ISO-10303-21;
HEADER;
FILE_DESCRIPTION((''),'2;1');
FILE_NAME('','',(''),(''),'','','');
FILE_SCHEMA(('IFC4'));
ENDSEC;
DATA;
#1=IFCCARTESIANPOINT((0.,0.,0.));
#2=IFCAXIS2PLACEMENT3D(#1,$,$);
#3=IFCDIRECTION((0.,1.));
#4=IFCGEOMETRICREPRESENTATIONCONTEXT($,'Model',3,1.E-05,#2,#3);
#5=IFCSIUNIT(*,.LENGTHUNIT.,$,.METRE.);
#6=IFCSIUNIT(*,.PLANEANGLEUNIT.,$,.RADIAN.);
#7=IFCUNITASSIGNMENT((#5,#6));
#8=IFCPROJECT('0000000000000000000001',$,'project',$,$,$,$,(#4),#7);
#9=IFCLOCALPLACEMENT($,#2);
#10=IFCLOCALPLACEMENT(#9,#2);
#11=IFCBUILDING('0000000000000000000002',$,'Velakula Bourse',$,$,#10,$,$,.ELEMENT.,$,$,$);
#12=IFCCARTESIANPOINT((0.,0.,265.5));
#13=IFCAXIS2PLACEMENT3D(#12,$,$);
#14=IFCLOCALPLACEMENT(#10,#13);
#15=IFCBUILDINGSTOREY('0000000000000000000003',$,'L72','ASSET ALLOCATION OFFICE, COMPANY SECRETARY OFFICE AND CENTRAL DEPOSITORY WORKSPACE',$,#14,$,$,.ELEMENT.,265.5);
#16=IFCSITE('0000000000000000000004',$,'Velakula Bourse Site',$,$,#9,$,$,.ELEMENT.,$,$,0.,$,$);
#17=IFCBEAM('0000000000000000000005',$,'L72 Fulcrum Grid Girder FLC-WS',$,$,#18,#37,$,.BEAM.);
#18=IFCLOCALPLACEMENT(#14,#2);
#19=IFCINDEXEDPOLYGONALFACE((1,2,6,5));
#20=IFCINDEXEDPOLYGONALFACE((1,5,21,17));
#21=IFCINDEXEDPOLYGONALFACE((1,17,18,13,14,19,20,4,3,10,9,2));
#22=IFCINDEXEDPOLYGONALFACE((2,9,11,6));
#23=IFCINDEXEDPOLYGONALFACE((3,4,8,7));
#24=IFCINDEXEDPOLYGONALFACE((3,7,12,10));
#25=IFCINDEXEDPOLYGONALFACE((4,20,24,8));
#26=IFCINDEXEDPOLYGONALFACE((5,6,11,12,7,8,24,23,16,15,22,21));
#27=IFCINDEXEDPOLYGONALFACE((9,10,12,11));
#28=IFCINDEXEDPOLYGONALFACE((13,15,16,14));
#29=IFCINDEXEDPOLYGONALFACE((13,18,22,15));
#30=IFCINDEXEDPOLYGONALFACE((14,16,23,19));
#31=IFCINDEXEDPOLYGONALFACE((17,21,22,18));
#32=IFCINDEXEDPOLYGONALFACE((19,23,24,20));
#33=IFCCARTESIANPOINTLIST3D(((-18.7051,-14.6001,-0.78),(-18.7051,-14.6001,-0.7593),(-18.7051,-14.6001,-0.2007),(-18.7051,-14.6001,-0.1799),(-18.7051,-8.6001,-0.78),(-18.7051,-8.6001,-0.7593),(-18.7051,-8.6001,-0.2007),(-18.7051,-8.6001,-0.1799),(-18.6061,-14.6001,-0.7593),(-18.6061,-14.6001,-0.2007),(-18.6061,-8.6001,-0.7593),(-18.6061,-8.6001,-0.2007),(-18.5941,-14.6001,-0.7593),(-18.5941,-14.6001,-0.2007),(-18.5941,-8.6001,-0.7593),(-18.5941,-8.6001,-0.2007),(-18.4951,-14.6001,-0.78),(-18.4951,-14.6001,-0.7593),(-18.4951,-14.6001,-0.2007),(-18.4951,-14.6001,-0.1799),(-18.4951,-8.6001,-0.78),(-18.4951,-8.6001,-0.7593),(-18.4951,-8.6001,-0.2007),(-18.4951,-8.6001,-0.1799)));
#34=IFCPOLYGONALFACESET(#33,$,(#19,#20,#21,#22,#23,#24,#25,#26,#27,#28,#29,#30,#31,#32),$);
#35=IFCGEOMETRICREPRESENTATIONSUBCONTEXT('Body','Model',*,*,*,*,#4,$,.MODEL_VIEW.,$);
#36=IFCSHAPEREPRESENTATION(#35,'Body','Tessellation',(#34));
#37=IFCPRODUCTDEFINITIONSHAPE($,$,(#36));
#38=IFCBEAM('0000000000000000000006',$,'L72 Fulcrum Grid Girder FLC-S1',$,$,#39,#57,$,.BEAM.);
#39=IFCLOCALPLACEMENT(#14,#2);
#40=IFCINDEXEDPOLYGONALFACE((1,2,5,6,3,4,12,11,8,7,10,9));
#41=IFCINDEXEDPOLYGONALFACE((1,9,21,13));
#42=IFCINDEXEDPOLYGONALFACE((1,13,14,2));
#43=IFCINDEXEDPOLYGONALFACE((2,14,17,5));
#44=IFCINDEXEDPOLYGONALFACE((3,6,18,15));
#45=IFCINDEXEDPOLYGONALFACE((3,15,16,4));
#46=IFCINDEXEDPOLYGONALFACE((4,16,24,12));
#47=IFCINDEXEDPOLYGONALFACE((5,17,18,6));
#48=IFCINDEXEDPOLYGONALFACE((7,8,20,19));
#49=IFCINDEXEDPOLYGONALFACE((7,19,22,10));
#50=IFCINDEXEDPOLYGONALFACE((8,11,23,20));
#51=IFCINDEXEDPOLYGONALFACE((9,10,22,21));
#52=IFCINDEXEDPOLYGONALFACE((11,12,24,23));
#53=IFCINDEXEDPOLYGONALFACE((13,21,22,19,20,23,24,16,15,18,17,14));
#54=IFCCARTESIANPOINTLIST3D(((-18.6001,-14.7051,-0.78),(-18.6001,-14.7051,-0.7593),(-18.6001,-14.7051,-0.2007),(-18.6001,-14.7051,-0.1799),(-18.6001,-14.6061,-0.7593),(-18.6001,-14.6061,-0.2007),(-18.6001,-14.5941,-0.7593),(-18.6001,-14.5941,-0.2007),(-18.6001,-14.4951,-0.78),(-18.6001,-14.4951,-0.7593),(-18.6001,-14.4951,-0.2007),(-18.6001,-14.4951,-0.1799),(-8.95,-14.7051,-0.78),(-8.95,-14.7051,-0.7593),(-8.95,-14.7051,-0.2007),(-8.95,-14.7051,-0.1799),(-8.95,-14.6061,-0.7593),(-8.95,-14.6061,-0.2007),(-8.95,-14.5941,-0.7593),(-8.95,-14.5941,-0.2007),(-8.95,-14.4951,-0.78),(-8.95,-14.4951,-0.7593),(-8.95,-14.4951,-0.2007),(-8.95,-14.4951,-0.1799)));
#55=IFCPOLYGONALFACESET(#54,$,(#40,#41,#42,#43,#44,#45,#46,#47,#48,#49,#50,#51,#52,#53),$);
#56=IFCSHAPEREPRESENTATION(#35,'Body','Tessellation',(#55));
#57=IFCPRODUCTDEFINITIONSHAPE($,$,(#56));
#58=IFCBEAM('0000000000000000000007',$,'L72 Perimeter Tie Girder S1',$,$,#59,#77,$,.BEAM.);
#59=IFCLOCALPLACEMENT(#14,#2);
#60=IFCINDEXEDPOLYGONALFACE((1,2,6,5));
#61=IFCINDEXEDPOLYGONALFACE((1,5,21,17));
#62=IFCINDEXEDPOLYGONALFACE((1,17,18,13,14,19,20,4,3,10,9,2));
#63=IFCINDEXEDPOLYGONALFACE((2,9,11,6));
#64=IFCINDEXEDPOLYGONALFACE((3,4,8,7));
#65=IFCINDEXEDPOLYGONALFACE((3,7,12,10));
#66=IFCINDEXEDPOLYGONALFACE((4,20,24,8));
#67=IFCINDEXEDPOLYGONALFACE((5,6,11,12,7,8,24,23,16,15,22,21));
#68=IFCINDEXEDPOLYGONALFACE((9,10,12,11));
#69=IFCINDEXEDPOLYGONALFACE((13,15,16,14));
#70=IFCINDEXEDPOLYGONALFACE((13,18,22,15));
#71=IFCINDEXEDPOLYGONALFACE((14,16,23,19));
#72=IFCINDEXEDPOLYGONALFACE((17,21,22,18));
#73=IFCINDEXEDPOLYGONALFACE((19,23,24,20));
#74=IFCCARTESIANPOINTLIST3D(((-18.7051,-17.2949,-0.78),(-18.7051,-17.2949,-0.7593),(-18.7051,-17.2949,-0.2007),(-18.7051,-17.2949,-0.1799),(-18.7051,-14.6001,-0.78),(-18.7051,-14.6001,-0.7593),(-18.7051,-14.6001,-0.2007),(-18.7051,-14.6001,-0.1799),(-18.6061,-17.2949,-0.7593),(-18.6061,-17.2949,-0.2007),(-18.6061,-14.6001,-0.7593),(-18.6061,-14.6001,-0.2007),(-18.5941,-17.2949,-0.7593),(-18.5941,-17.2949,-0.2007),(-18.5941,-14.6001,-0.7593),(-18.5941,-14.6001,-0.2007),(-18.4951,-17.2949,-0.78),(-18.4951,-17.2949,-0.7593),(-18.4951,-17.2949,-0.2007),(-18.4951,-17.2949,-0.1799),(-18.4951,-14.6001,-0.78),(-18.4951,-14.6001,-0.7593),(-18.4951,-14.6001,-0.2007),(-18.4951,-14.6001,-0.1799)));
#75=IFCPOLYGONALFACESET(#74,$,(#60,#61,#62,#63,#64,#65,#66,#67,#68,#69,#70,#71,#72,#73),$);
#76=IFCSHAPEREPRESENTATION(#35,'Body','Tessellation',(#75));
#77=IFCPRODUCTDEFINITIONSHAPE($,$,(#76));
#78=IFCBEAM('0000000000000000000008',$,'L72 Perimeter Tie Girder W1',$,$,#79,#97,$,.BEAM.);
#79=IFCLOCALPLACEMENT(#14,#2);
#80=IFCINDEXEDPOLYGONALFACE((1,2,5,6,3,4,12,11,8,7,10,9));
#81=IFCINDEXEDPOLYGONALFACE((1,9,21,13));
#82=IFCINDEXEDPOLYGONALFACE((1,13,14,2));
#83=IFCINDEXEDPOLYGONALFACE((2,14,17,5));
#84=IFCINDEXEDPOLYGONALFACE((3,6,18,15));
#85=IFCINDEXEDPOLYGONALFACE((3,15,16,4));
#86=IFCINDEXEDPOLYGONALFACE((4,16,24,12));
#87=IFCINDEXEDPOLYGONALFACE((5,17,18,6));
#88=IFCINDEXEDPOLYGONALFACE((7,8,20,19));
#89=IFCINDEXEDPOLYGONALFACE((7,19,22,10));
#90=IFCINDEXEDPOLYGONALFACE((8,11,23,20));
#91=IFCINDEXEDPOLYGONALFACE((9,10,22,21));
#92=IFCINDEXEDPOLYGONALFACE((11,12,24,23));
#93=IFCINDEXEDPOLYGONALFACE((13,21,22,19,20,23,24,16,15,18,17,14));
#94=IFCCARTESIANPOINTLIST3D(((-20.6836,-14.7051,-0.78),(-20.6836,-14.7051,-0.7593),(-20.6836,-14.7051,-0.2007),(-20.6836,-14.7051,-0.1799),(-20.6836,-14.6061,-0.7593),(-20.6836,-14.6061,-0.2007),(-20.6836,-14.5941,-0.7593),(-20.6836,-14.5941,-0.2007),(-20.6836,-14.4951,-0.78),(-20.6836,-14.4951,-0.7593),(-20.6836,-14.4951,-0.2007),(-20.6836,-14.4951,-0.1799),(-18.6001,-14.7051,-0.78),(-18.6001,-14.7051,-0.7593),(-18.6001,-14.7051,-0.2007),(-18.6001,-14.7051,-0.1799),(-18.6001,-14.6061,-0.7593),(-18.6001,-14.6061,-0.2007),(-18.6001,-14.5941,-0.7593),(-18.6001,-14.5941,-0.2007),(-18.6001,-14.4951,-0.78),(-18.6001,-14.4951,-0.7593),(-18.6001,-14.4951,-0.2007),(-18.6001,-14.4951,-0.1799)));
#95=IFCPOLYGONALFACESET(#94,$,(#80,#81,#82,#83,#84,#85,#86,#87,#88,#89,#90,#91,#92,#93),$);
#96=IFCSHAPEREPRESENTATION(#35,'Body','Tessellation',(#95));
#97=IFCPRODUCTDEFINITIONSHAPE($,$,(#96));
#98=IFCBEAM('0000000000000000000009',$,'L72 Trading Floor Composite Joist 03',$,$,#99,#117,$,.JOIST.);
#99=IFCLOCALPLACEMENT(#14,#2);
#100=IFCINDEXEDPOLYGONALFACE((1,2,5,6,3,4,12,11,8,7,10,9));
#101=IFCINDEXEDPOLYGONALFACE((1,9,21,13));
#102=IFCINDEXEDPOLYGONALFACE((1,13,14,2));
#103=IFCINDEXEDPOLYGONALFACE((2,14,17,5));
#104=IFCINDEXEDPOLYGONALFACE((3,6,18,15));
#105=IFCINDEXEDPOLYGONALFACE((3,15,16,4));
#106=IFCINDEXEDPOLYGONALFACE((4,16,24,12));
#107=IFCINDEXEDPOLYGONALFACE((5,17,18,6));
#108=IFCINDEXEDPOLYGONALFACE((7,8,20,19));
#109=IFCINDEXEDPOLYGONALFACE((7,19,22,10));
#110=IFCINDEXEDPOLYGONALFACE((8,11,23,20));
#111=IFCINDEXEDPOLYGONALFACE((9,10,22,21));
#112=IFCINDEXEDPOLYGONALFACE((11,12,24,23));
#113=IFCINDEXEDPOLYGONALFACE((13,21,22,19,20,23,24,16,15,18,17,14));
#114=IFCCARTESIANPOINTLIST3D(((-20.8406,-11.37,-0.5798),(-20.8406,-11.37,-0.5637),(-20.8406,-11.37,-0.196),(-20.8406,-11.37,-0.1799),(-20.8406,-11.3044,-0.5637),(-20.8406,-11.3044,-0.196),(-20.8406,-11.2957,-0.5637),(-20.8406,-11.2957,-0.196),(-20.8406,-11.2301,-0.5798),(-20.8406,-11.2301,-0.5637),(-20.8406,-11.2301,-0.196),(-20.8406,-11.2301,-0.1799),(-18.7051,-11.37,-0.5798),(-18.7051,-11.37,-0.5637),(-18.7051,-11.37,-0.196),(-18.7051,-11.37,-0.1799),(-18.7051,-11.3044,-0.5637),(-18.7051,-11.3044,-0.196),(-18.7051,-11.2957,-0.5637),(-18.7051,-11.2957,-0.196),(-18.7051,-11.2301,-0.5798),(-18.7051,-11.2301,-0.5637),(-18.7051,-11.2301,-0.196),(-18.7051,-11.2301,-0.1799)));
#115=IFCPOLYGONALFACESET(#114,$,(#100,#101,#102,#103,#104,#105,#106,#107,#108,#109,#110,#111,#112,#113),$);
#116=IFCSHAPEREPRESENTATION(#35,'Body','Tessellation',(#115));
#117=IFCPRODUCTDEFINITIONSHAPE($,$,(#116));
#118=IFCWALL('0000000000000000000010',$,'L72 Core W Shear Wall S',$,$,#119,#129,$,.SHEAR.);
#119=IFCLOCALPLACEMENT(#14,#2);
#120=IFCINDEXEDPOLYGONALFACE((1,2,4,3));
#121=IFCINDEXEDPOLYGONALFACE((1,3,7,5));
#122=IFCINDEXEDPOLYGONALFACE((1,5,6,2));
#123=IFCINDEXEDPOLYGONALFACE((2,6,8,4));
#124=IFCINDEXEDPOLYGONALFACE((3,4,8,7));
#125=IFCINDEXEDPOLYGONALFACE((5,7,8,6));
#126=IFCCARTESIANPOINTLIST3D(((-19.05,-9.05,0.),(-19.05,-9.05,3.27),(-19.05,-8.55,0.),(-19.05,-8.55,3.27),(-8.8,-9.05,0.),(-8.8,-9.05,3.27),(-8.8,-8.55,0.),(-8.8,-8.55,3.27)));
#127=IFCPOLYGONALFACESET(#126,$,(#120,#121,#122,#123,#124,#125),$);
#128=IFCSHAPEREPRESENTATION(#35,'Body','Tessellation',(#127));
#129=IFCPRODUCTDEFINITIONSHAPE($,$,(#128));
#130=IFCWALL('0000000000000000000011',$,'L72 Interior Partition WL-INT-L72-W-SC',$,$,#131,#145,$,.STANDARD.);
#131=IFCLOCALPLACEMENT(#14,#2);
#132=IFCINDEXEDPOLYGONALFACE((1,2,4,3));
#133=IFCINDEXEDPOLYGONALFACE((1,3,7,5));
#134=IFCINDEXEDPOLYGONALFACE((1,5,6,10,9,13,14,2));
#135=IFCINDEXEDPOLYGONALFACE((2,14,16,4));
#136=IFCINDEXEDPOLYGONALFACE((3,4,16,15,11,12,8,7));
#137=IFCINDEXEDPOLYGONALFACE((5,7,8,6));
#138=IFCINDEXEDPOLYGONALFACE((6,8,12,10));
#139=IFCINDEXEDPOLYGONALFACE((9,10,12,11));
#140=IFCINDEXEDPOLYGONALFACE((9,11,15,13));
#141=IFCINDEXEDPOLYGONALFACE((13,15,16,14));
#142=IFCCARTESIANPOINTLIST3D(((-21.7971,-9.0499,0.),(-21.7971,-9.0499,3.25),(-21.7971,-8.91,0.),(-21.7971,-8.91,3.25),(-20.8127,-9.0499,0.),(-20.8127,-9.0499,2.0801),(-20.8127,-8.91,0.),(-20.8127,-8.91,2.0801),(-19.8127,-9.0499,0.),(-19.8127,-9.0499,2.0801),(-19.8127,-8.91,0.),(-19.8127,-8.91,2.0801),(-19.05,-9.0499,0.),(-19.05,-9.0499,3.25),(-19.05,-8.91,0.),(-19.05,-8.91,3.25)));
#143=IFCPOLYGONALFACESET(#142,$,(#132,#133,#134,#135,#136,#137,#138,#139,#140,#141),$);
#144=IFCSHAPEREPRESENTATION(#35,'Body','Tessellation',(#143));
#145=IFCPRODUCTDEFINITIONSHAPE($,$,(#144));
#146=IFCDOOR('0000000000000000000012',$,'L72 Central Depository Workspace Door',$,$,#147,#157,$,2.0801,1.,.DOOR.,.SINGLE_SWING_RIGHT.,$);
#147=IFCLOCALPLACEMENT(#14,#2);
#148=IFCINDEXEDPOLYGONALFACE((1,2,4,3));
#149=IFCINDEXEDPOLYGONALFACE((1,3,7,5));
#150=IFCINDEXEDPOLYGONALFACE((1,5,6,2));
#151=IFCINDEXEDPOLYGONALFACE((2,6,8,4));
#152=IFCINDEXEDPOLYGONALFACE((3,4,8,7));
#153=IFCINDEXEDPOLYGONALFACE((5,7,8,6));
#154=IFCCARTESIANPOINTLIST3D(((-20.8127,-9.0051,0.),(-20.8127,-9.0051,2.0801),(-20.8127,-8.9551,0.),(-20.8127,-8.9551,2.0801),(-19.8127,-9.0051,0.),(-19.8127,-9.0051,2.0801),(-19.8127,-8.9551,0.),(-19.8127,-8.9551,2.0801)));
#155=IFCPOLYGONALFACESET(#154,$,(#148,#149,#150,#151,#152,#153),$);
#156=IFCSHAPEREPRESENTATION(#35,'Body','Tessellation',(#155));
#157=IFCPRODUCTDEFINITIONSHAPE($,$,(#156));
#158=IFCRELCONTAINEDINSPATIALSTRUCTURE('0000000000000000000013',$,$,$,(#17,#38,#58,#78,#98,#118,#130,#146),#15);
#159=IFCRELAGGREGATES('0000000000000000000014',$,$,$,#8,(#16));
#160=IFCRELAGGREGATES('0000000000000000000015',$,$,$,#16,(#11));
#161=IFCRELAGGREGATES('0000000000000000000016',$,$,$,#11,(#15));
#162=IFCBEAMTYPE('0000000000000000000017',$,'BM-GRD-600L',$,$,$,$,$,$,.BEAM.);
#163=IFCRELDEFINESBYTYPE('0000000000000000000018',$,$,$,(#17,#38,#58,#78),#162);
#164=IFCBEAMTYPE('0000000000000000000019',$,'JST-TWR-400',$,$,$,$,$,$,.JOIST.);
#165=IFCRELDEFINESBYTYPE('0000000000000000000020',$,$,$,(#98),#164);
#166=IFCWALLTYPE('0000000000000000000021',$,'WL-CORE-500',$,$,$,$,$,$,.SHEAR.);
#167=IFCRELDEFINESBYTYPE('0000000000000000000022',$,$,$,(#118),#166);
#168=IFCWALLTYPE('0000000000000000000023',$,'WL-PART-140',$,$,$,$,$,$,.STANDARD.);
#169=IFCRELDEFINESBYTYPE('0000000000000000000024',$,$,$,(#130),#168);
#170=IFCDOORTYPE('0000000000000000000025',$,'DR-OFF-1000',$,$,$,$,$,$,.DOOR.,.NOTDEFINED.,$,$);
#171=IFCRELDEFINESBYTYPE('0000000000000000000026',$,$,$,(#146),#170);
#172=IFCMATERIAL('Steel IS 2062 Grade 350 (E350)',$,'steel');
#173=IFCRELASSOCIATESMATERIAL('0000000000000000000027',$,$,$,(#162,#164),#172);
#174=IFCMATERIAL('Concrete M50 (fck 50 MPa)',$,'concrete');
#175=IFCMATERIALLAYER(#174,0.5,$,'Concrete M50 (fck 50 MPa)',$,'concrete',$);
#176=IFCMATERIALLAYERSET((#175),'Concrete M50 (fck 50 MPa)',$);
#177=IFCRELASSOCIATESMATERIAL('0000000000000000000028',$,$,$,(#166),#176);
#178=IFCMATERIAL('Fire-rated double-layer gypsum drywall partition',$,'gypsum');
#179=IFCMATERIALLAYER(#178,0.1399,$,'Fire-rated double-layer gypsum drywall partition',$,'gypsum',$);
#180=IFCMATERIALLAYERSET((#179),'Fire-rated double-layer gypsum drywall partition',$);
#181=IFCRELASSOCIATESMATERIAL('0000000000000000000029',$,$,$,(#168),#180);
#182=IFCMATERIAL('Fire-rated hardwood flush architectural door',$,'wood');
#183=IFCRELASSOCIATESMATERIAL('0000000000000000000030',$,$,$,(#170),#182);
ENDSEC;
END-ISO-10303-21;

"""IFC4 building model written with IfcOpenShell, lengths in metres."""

from ifc_helpers import new_model, si_unit, direction, frame, frame_2d, origin, origin_2d, place, context, subcontext, project, spatial, rectangle, i_section, extrude, material, layer, layer_set, material_profile, profile_set, type_object, element, fill, save


model = new_model("IFC4")

# Units and contexts
model_context = context("Model", 3, precision=1e-05, world=origin(), true_north=direction((0.0, 1.0)))
body_context = subcontext(model_context, "Body", "Model", "MODEL_VIEW")
ifc_project = project(units=[si_unit("LENGTHUNIT", "METRE"), si_unit("PLANEANGLEUNIT", "RADIAN")], contexts=[model_context])

# Site, building, storey
site_placement = place(None, origin())
site = spatial("IfcSite", under=ifc_project, at=site_placement, Name="Velakula Bourse Site", CompositionType="ELEMENT", RefElevation=0.0)
building_placement = place(site_placement, origin())
building = spatial("IfcBuilding", under=site, at=building_placement, Name="Velakula Bourse", CompositionType="ELEMENT")
storey_placement = place(building_placement, frame((0.0, 0.0, 265.5)))
storey = spatial("IfcBuildingStorey", under=building, at=storey_placement, Name="L72", Description="ASSET ALLOCATION OFFICE, COMPANY SECRETARY OFFICE AND CENTRAL DEPOSITORY WORKSPACE", CompositionType="ELEMENT", Elevation=265.5)

# Beams
ifc_material_1 = material(Name="Steel IS 2062 Grade 350 (E350)", Category="steel")
ifc_material_profile_1 = material_profile(ifc_material_1, i_section(OverallWidth=0.21, OverallDepth=0.6001, WebThickness=0.012, FlangeThickness=0.0208, at=origin_2d()), Name="Steel IS 2062 Grade 350 (E350)")
ifc_profile_set_1 = profile_set([ifc_material_profile_1], Name="Steel IS 2062 Grade 350 (E350)")
beam_type_1 = type_object("IfcBeamType", Name="BM-GRD-600L", PredefinedType="BEAM", material=ifc_profile_set_1)
beam_1_placement = place(storey_placement, frame((-18.6001, -14.6001, -0.48), z_axis=(0.0, 1.0, 0.0), x_axis=(-1.0, 0.0, 0.0)))
element("IfcBeam", 1, at=beam_1_placement, inside=storey, type_object=beam_type_1, Name="L72 Fulcrum Grid Girder FLC-WS", PredefinedType="BEAM", context=body_context, shape_type="SweptSolid", body=[
    extrude(i_section(OverallWidth=0.21, OverallDepth=0.6001, WebThickness=0.012, FlangeThickness=0.0208, at=origin_2d()), origin(), (0.0, 0.0, 1.0), 6.0),
])
beam_2_placement = place(storey_placement, frame((-18.6001, -14.6001, -0.48), z_axis=(1.0, 0.0, 0.0), x_axis=(0.0, 1.0, 0.0)))
element("IfcBeam", 2, at=beam_2_placement, inside=storey, type_object=beam_type_1, Name="L72 Fulcrum Grid Girder FLC-S1", PredefinedType="BEAM", context=body_context, shape_type="SweptSolid", body=[
    extrude(i_section(OverallWidth=0.21, OverallDepth=0.6001, WebThickness=0.012, FlangeThickness=0.0208, at=origin_2d()), origin(), (0.0, 0.0, 1.0), 9.6501),
])
beam_3_placement = place(storey_placement, frame((-18.6001, -14.6001, -0.48), z_axis=(0.0, -1.0, 0.0), x_axis=(1.0, 0.0, 0.0)))
element("IfcBeam", 3, at=beam_3_placement, inside=storey, type_object=beam_type_1, Name="L72 Perimeter Tie Girder S1", PredefinedType="BEAM", context=body_context, shape_type="SweptSolid", body=[
    extrude(i_section(OverallWidth=0.21, OverallDepth=0.6001, WebThickness=0.012, FlangeThickness=0.0208, at=origin_2d()), origin(), (0.0, 0.0, 1.0), 2.6948),
])
beam_4_placement = place(storey_placement, frame((-18.6001, -14.6001, -0.48), z_axis=(-1.0, 0.0, 0.0), x_axis=(0.0, -1.0, 0.0)))
element("IfcBeam", 4, at=beam_4_placement, inside=storey, type_object=beam_type_1, Name="L72 Perimeter Tie Girder W1", PredefinedType="BEAM", context=body_context, shape_type="SweptSolid", body=[
    extrude(i_section(OverallWidth=0.21, OverallDepth=0.6001, WebThickness=0.012, FlangeThickness=0.0208, at=origin_2d()), origin(), (0.0, 0.0, 1.0), 2.0835),
])
ifc_material_profile_2 = material_profile(ifc_material_1, i_section(OverallWidth=0.1399, OverallDepth=0.3999, WebThickness=0.0088, FlangeThickness=0.0161, at=origin_2d()), Name="Steel IS 2062 Grade 350 (E350)")
ifc_profile_set_2 = profile_set([ifc_material_profile_2], Name="Steel IS 2062 Grade 350 (E350)")
beam_type_2 = type_object("IfcBeamType", Name="JST-TWR-400", PredefinedType="JOIST", material=ifc_profile_set_2)
beam_5_placement = place(storey_placement, frame((-20.8406, -11.3, -0.3799), z_axis=(1.0, 0.0, 0.0), x_axis=(0.0, 1.0, 0.0)))
element("IfcBeam", 5, at=beam_5_placement, inside=storey, type_object=beam_type_2, Name="L72 Trading Floor Composite Joist 03", PredefinedType="JOIST", context=body_context, shape_type="SweptSolid", body=[
    extrude(i_section(OverallWidth=0.1399, OverallDepth=0.3999, WebThickness=0.0088, FlangeThickness=0.0161, at=origin_2d()), origin(), (0.0, 0.0, 1.0), 2.1355),
])

# Wall
ifc_material_2 = material(Name="Concrete M50 (fck 50 MPa)", Category="concrete")
ifc_layer_1 = layer(ifc_material_2, 0.5, Name="Concrete M50 (fck 50 MPa)", Category="concrete")
ifc_layer_set_1 = layer_set([ifc_layer_1], Name="Concrete M50 (fck 50 MPa)")
wall_type_1 = type_object("IfcWallType", Name="WL-CORE-500", PredefinedType="SHEAR", material=ifc_layer_set_1)
wall_1_placement = place(storey_placement, frame((-19.05, -8.8, 0.0), z_axis=(0.0, 0.0, 1.0), x_axis=(1.0, 0.0, 0.0)))
element("IfcWall", 6, at=wall_1_placement, inside=storey, type_object=wall_type_1, Name="L72 Core W Shear Wall S", PredefinedType="SHEAR", context=body_context, shape_type="SweptSolid", body=[
    extrude(rectangle(XDim=10.25, YDim=0.5, at=frame_2d((5.125, 0.0))), origin(), (0.0, 0.0, 1.0), 3.27),
])

# Shared definitions
ifc_material_3 = material(Name="Fire-rated double-layer gypsum drywall partition", Category="gypsum")
ifc_layer_2 = layer(ifc_material_3, 0.1399, Name="Fire-rated double-layer gypsum drywall partition", Category="gypsum")
ifc_layer_set_2 = layer_set([ifc_layer_2], Name="Fire-rated double-layer gypsum drywall partition")
wall_type_2 = type_object("IfcWallType", Name="WL-PART-140", PredefinedType="STANDARD", material=ifc_layer_set_2)
ifc_material_4 = material(Name="Fire-rated hardwood flush architectural door", Category="wood")
door_type_1 = type_object("IfcDoorType", Name="DR-OFF-1000", OperationType="NOTDEFINED", PredefinedType="DOOR", material=ifc_material_4)

# Wall, opening, door
wall_2_placement = place(storey_placement, frame((-21.7971, -8.98, 0.0), z_axis=(0.0, 0.0, 1.0), x_axis=(1.0, 0.0, 0.0)))
wall_2 = element("IfcWall", 7, at=wall_2_placement, inside=storey, type_object=wall_type_2, Name="L72 Interior Partition WL-INT-L72-W-SC", PredefinedType="STANDARD", context=body_context, shape_type="SweptSolid", body=[
    extrude(rectangle(XDim=2.7471, YDim=0.1399, at=frame_2d((1.3735, 0.0))), origin(), (0.0, 0.0, 1.0), 3.25),
])
opening_1_placement = place(wall_2_placement, frame((0.9844, 0.0, 0.0)))
opening_1 = element("IfcOpeningElement", 8, at=opening_1_placement, cuts=wall_2, PredefinedType="OPENING", context=body_context, shape_type="SweptSolid", body=[
    extrude(rectangle(XDim=1.0, YDim=2.0801, at=frame_2d((0.5, 1.04))), frame((0.0, 0.0798, 0.0), z_axis=(0.0, -1.0, 0.0), x_axis=(1.0, 0.0, 0.0)), (0.0, 0.0, 1.0), 0.1599),
])
door_1_placement = place(opening_1_placement, origin())
door_1 = element("IfcDoor", 9, at=door_1_placement, inside=storey, type_object=door_type_1, Name="L72 Central Depository Workspace Door", OperationType="SINGLE_SWING_RIGHT", OverallHeight=2.0801, OverallWidth=1.0, PredefinedType="DOOR", context=body_context, shape_type="SweptSolid", body=[
    extrude(rectangle(XDim=1.0, YDim=2.0801, at=frame_2d((0.5, 1.04))), frame((0.0, 0.0249, 0.0), z_axis=(0.0, -1.0, 0.0), x_axis=(1.0, 0.0, 0.0)), (0.0, 0.0, 1.0), 0.05),
])
fill(opening_1, door_1)

save(model, "model.ifc")
